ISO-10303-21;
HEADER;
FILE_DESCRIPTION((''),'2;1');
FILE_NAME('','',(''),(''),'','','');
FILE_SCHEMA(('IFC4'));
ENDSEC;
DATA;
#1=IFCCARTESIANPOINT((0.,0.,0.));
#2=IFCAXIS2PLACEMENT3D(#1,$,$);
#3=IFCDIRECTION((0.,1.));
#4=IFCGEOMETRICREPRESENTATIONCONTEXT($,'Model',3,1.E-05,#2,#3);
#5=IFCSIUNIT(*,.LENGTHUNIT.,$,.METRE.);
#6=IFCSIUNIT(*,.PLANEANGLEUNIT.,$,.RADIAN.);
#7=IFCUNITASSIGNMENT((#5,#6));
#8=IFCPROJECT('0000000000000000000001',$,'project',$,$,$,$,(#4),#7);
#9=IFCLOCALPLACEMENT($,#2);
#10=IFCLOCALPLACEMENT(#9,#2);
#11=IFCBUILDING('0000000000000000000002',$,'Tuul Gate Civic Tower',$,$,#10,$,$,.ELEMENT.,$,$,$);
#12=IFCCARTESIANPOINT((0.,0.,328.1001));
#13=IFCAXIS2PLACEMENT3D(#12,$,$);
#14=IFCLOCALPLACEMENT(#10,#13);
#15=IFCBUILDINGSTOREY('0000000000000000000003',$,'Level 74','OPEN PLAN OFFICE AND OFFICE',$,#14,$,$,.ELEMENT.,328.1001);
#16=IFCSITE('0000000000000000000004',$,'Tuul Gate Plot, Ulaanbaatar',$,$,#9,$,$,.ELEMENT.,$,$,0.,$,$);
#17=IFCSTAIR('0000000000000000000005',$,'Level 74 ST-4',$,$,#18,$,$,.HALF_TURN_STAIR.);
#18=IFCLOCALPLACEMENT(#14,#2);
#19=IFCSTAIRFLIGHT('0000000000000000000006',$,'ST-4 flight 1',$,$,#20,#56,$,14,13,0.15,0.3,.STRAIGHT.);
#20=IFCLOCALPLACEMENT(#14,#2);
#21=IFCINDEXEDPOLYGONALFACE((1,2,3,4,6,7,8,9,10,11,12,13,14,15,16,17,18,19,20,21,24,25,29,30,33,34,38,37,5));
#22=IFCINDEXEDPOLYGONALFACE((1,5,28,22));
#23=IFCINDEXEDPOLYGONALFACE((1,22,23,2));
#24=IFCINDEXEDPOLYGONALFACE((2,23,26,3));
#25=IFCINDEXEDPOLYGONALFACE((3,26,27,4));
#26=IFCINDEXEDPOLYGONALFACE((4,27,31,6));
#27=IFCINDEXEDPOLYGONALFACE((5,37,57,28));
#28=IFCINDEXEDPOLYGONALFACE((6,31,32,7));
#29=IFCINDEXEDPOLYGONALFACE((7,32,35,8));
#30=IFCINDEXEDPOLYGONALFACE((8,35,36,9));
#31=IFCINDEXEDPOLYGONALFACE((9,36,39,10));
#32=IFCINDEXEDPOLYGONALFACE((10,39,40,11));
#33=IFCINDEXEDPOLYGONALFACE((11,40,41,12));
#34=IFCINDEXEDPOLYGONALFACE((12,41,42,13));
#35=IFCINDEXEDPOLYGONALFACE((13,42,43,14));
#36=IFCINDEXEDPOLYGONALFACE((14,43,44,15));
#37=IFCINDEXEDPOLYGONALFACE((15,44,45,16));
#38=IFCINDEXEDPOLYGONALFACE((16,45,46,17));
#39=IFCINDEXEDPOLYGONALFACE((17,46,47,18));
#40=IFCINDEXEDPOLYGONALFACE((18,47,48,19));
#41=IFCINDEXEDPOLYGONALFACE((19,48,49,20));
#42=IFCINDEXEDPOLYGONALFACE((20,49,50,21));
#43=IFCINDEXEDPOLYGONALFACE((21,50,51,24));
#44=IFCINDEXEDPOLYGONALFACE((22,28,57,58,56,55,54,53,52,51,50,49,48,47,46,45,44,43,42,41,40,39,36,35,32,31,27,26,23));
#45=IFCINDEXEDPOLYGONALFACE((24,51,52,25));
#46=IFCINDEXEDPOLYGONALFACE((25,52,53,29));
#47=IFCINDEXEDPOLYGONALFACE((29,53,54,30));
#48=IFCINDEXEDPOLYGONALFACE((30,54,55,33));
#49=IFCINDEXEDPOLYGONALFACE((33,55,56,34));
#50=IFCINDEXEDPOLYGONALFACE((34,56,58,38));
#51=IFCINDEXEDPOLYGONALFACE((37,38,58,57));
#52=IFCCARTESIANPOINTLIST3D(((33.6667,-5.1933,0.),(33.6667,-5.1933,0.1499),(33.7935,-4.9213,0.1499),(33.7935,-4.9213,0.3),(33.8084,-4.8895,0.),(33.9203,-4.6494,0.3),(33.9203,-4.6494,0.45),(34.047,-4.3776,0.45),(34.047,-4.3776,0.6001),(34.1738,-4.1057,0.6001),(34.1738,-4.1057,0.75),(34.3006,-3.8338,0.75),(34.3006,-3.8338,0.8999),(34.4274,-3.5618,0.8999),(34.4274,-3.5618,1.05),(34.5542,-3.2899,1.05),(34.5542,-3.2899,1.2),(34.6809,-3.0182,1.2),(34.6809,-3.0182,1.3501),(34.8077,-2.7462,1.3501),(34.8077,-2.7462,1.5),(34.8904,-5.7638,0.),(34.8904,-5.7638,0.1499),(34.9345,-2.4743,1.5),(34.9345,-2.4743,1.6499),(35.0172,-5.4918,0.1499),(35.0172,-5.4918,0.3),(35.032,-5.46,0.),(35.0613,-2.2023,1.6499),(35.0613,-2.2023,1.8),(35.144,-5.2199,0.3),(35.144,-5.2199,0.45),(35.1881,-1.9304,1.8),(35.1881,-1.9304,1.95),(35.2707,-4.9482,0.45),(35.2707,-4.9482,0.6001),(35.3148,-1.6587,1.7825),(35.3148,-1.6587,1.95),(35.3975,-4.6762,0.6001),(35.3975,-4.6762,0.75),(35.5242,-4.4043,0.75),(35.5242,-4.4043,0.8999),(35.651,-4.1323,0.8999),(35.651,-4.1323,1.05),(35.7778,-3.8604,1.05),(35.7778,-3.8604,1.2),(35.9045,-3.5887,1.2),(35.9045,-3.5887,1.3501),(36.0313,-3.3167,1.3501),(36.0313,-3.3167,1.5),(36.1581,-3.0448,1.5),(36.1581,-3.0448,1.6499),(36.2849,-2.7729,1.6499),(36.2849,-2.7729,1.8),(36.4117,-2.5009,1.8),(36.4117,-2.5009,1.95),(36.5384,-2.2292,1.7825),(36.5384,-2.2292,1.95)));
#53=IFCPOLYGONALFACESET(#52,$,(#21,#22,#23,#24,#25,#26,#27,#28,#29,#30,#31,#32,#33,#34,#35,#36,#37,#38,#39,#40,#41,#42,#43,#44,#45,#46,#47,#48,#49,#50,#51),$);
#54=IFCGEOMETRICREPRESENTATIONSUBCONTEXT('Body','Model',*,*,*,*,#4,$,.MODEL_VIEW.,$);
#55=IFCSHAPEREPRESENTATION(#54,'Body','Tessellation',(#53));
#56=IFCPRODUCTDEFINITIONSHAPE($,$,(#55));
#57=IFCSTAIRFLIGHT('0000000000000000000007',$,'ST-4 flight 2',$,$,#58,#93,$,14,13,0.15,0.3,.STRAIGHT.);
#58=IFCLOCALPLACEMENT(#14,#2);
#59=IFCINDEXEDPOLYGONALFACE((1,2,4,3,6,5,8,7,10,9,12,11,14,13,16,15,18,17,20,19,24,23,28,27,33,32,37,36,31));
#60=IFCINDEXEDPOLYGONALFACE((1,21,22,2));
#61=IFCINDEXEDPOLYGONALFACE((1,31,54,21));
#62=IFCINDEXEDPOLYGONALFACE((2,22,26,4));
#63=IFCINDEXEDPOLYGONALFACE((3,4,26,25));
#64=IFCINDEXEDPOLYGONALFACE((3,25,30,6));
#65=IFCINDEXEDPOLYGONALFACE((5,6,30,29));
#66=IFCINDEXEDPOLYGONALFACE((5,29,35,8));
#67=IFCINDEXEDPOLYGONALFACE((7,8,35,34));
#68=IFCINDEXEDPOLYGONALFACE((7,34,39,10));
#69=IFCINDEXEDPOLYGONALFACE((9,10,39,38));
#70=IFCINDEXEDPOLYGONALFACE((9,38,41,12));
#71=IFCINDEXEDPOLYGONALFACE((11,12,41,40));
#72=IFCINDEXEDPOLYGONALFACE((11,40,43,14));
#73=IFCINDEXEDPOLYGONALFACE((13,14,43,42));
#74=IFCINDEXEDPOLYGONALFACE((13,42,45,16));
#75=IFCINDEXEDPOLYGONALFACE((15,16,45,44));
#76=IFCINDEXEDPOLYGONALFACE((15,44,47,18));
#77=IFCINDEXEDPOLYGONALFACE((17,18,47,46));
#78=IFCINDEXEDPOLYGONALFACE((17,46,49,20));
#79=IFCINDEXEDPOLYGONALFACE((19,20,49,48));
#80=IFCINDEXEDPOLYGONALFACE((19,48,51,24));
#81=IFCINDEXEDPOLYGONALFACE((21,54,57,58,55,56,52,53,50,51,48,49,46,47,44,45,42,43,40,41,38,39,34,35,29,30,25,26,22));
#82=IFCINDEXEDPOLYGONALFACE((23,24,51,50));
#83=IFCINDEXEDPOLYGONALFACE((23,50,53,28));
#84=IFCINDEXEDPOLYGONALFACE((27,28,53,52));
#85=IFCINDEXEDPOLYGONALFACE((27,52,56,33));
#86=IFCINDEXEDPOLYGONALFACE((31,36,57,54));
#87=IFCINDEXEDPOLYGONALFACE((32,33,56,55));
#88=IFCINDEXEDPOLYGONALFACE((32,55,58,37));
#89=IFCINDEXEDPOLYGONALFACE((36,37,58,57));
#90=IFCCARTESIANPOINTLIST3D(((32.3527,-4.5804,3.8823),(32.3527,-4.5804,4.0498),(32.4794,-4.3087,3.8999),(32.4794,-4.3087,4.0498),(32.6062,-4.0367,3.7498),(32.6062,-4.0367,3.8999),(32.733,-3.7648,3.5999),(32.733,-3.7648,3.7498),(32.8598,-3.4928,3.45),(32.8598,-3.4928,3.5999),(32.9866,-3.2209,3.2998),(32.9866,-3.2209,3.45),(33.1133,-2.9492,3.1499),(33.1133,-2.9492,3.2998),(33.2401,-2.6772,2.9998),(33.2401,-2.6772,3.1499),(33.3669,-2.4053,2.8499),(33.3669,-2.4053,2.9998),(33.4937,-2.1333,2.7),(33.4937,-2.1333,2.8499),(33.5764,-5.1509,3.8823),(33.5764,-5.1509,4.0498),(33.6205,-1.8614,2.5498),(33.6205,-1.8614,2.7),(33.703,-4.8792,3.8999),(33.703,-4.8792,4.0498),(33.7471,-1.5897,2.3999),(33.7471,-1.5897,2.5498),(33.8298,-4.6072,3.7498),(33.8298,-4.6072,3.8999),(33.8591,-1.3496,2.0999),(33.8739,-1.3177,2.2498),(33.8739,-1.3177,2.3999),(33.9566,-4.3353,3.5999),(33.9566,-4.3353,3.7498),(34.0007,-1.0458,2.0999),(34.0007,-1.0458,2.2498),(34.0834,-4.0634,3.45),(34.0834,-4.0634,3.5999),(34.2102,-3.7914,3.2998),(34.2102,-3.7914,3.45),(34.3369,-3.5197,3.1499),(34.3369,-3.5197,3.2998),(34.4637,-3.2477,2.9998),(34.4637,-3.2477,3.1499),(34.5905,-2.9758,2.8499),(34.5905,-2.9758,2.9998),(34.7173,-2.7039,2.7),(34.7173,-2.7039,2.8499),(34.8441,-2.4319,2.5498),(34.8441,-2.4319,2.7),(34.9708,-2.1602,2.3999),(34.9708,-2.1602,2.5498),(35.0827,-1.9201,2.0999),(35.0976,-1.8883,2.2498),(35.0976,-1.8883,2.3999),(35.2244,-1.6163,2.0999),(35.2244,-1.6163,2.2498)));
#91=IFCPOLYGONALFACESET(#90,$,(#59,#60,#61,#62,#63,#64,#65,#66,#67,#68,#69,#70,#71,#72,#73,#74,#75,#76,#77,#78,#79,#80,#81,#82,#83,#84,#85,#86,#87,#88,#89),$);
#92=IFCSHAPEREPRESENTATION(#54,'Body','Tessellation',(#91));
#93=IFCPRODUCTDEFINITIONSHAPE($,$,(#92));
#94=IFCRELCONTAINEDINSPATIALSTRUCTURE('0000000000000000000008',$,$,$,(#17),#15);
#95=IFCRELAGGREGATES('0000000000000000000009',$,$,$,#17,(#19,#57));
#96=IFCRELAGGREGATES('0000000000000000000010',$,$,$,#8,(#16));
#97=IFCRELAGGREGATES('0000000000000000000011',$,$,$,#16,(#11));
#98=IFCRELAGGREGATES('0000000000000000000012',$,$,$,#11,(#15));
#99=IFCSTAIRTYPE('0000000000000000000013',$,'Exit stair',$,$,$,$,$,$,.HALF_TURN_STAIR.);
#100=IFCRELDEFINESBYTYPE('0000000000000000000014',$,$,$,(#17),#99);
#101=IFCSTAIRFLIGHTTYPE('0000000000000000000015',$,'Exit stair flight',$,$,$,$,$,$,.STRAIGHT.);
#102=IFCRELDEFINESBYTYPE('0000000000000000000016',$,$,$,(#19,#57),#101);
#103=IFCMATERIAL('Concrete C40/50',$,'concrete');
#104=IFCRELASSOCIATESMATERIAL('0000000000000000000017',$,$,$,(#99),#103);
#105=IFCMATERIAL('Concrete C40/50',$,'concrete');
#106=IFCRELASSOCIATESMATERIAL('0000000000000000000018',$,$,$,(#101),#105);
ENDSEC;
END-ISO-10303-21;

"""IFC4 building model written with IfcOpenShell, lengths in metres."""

from ifc_helpers import new_model, si_unit, direction, frame, origin, place, context, subcontext, project, spatial, polyline, outline, extrude, material, type_object, element, aggregate, save


model = new_model("IFC4")

# Units and contexts
model_context = context("Model", 3, precision=1e-05, world=origin(), true_north=direction((0.0, 1.0)))
body_context = subcontext(model_context, "Body", "Model", "MODEL_VIEW")
ifc_project = project(units=[si_unit("LENGTHUNIT", "METRE"), si_unit("PLANEANGLEUNIT", "RADIAN")], contexts=[model_context])

# Site, building, storey
site_placement = place(None, origin())
site = spatial("IfcSite", under=ifc_project, at=site_placement, Name="Tuul Gate Plot, Ulaanbaatar", CompositionType="ELEMENT", RefElevation=0.0)
building_placement = place(site_placement, origin())
building = spatial("IfcBuilding", under=site, at=building_placement, Name="Tuul Gate Civic Tower", CompositionType="ELEMENT")
storey_placement = place(building_placement, frame((0.0, 0.0, 328.1001)))
storey = spatial("IfcBuildingStorey", under=building, at=storey_placement, Name="Level 74", Description="OPEN PLAN OFFICE AND OFFICE", CompositionType="ELEMENT", Elevation=328.1001)

# Stair, stair flights
ifc_material_1 = material(Name="Concrete C40/50", Category="concrete")
stair_type = type_object("IfcStairType", Name="Exit stair", PredefinedType="HALF_TURN_STAIR", material=ifc_material_1)
stair_placement = place(storey_placement, origin())
stair = element("IfcStair", 1, at=stair_placement, inside=storey, type_object=stair_type, Name="Level 74 ST-4", PredefinedType="HALF_TURN_STAIR")
ifc_material_2 = material(Name="Concrete C40/50", Category="concrete")
stair_flight_type = type_object("IfcStairFlightType", Name="Exit stair flight", PredefinedType="STRAIGHT", material=ifc_material_2)
stair_flight_1_placement = place(storey_placement, frame((34.2786, -5.4785, 0.0), z_axis=(0.0, 0.0, 1.0), x_axis=(0.422576, 0.906327, 0.0)))
stair_flight_1 = element("IfcStairFlight", 2, at=stair_flight_1_placement, type_object=stair_flight_type, Name="ST-4 flight 1", NumberOfRisers=14, NumberOfTreads=13, PredefinedType="STRAIGHT", RiserHeight=0.15, TreadLength=0.3, context=body_context, shape_type="SweptSolid", body=[
    extrude(outline(polyline([(0.0, 0.0), (0.0, 0.1499), (0.3, 0.1499), (0.3, 0.3), (0.6001, 0.3), (0.6001, 0.45), (0.8999, 0.45), (0.8999, 0.6001), (1.2, 0.6001), (1.2, 0.75), (1.5, 0.75), (1.5, 0.8999), (1.8, 0.8999), (1.8, 1.05), (2.1001, 1.05), (2.1001, 1.2), (2.3999, 1.2), (2.3999, 1.3501), (2.7, 1.3501), (2.7, 1.5), (3.0, 1.5), (3.0, 1.6499), (3.3, 1.6499), (3.3, 1.8), (3.6001, 1.8), (3.6001, 1.95), (3.8999, 1.95), (3.8999, 2.1001), (3.8999, 1.7825), (0.3352, 0.0), (0.0, 0.0)])), frame((0.0, 0.675, 0.0), z_axis=(0.0, -1.0, 0.0), x_axis=(1.0, 0.0, 0.0)), (0.0, 0.0, 1.0), 1.3501),
])
stair_flight_2_placement = place(storey_placement, frame((34.6125, -1.3311, 2.0999), z_axis=(0.0, 0.0, 1.0), x_axis=(-0.422576, -0.906327, 0.0)))
stair_flight_2 = element("IfcStairFlight", 3, at=stair_flight_2_placement, type_object=stair_flight_type, Name="ST-4 flight 2", NumberOfRisers=14, NumberOfTreads=13, PredefinedType="STRAIGHT", RiserHeight=0.15, TreadLength=0.3, context=body_context, shape_type="SweptSolid", body=[
    extrude(outline(polyline([(0.0, 0.0), (0.0, 0.1499), (0.3, 0.1499), (0.3, 0.3), (0.6001, 0.3), (0.6001, 0.45), (0.8999, 0.45), (0.8999, 0.6001), (1.2, 0.6001), (1.2, 0.75), (1.5, 0.75), (1.5, 0.8999), (1.8, 0.8999), (1.8, 1.05), (2.1001, 1.05), (2.1001, 1.2), (2.3999, 1.2), (2.3999, 1.3501), (2.7, 1.3501), (2.7, 1.5), (3.0, 1.5), (3.0, 1.6499), (3.3, 1.6499), (3.3, 1.8), (3.6001, 1.8), (3.6001, 1.95), (3.8999, 1.95), (3.8999, 2.1001), (3.8999, 1.7825), (0.3352, 0.0), (0.0, 0.0)])), frame((0.0, 0.675, 0.0), z_axis=(0.0, -1.0, 0.0), x_axis=(1.0, 0.0, 0.0)), (0.0, 0.0, 1.0), 1.3501),
])
aggregate(stair, [stair_flight_1, stair_flight_2])

save(model, "model.ifc")
